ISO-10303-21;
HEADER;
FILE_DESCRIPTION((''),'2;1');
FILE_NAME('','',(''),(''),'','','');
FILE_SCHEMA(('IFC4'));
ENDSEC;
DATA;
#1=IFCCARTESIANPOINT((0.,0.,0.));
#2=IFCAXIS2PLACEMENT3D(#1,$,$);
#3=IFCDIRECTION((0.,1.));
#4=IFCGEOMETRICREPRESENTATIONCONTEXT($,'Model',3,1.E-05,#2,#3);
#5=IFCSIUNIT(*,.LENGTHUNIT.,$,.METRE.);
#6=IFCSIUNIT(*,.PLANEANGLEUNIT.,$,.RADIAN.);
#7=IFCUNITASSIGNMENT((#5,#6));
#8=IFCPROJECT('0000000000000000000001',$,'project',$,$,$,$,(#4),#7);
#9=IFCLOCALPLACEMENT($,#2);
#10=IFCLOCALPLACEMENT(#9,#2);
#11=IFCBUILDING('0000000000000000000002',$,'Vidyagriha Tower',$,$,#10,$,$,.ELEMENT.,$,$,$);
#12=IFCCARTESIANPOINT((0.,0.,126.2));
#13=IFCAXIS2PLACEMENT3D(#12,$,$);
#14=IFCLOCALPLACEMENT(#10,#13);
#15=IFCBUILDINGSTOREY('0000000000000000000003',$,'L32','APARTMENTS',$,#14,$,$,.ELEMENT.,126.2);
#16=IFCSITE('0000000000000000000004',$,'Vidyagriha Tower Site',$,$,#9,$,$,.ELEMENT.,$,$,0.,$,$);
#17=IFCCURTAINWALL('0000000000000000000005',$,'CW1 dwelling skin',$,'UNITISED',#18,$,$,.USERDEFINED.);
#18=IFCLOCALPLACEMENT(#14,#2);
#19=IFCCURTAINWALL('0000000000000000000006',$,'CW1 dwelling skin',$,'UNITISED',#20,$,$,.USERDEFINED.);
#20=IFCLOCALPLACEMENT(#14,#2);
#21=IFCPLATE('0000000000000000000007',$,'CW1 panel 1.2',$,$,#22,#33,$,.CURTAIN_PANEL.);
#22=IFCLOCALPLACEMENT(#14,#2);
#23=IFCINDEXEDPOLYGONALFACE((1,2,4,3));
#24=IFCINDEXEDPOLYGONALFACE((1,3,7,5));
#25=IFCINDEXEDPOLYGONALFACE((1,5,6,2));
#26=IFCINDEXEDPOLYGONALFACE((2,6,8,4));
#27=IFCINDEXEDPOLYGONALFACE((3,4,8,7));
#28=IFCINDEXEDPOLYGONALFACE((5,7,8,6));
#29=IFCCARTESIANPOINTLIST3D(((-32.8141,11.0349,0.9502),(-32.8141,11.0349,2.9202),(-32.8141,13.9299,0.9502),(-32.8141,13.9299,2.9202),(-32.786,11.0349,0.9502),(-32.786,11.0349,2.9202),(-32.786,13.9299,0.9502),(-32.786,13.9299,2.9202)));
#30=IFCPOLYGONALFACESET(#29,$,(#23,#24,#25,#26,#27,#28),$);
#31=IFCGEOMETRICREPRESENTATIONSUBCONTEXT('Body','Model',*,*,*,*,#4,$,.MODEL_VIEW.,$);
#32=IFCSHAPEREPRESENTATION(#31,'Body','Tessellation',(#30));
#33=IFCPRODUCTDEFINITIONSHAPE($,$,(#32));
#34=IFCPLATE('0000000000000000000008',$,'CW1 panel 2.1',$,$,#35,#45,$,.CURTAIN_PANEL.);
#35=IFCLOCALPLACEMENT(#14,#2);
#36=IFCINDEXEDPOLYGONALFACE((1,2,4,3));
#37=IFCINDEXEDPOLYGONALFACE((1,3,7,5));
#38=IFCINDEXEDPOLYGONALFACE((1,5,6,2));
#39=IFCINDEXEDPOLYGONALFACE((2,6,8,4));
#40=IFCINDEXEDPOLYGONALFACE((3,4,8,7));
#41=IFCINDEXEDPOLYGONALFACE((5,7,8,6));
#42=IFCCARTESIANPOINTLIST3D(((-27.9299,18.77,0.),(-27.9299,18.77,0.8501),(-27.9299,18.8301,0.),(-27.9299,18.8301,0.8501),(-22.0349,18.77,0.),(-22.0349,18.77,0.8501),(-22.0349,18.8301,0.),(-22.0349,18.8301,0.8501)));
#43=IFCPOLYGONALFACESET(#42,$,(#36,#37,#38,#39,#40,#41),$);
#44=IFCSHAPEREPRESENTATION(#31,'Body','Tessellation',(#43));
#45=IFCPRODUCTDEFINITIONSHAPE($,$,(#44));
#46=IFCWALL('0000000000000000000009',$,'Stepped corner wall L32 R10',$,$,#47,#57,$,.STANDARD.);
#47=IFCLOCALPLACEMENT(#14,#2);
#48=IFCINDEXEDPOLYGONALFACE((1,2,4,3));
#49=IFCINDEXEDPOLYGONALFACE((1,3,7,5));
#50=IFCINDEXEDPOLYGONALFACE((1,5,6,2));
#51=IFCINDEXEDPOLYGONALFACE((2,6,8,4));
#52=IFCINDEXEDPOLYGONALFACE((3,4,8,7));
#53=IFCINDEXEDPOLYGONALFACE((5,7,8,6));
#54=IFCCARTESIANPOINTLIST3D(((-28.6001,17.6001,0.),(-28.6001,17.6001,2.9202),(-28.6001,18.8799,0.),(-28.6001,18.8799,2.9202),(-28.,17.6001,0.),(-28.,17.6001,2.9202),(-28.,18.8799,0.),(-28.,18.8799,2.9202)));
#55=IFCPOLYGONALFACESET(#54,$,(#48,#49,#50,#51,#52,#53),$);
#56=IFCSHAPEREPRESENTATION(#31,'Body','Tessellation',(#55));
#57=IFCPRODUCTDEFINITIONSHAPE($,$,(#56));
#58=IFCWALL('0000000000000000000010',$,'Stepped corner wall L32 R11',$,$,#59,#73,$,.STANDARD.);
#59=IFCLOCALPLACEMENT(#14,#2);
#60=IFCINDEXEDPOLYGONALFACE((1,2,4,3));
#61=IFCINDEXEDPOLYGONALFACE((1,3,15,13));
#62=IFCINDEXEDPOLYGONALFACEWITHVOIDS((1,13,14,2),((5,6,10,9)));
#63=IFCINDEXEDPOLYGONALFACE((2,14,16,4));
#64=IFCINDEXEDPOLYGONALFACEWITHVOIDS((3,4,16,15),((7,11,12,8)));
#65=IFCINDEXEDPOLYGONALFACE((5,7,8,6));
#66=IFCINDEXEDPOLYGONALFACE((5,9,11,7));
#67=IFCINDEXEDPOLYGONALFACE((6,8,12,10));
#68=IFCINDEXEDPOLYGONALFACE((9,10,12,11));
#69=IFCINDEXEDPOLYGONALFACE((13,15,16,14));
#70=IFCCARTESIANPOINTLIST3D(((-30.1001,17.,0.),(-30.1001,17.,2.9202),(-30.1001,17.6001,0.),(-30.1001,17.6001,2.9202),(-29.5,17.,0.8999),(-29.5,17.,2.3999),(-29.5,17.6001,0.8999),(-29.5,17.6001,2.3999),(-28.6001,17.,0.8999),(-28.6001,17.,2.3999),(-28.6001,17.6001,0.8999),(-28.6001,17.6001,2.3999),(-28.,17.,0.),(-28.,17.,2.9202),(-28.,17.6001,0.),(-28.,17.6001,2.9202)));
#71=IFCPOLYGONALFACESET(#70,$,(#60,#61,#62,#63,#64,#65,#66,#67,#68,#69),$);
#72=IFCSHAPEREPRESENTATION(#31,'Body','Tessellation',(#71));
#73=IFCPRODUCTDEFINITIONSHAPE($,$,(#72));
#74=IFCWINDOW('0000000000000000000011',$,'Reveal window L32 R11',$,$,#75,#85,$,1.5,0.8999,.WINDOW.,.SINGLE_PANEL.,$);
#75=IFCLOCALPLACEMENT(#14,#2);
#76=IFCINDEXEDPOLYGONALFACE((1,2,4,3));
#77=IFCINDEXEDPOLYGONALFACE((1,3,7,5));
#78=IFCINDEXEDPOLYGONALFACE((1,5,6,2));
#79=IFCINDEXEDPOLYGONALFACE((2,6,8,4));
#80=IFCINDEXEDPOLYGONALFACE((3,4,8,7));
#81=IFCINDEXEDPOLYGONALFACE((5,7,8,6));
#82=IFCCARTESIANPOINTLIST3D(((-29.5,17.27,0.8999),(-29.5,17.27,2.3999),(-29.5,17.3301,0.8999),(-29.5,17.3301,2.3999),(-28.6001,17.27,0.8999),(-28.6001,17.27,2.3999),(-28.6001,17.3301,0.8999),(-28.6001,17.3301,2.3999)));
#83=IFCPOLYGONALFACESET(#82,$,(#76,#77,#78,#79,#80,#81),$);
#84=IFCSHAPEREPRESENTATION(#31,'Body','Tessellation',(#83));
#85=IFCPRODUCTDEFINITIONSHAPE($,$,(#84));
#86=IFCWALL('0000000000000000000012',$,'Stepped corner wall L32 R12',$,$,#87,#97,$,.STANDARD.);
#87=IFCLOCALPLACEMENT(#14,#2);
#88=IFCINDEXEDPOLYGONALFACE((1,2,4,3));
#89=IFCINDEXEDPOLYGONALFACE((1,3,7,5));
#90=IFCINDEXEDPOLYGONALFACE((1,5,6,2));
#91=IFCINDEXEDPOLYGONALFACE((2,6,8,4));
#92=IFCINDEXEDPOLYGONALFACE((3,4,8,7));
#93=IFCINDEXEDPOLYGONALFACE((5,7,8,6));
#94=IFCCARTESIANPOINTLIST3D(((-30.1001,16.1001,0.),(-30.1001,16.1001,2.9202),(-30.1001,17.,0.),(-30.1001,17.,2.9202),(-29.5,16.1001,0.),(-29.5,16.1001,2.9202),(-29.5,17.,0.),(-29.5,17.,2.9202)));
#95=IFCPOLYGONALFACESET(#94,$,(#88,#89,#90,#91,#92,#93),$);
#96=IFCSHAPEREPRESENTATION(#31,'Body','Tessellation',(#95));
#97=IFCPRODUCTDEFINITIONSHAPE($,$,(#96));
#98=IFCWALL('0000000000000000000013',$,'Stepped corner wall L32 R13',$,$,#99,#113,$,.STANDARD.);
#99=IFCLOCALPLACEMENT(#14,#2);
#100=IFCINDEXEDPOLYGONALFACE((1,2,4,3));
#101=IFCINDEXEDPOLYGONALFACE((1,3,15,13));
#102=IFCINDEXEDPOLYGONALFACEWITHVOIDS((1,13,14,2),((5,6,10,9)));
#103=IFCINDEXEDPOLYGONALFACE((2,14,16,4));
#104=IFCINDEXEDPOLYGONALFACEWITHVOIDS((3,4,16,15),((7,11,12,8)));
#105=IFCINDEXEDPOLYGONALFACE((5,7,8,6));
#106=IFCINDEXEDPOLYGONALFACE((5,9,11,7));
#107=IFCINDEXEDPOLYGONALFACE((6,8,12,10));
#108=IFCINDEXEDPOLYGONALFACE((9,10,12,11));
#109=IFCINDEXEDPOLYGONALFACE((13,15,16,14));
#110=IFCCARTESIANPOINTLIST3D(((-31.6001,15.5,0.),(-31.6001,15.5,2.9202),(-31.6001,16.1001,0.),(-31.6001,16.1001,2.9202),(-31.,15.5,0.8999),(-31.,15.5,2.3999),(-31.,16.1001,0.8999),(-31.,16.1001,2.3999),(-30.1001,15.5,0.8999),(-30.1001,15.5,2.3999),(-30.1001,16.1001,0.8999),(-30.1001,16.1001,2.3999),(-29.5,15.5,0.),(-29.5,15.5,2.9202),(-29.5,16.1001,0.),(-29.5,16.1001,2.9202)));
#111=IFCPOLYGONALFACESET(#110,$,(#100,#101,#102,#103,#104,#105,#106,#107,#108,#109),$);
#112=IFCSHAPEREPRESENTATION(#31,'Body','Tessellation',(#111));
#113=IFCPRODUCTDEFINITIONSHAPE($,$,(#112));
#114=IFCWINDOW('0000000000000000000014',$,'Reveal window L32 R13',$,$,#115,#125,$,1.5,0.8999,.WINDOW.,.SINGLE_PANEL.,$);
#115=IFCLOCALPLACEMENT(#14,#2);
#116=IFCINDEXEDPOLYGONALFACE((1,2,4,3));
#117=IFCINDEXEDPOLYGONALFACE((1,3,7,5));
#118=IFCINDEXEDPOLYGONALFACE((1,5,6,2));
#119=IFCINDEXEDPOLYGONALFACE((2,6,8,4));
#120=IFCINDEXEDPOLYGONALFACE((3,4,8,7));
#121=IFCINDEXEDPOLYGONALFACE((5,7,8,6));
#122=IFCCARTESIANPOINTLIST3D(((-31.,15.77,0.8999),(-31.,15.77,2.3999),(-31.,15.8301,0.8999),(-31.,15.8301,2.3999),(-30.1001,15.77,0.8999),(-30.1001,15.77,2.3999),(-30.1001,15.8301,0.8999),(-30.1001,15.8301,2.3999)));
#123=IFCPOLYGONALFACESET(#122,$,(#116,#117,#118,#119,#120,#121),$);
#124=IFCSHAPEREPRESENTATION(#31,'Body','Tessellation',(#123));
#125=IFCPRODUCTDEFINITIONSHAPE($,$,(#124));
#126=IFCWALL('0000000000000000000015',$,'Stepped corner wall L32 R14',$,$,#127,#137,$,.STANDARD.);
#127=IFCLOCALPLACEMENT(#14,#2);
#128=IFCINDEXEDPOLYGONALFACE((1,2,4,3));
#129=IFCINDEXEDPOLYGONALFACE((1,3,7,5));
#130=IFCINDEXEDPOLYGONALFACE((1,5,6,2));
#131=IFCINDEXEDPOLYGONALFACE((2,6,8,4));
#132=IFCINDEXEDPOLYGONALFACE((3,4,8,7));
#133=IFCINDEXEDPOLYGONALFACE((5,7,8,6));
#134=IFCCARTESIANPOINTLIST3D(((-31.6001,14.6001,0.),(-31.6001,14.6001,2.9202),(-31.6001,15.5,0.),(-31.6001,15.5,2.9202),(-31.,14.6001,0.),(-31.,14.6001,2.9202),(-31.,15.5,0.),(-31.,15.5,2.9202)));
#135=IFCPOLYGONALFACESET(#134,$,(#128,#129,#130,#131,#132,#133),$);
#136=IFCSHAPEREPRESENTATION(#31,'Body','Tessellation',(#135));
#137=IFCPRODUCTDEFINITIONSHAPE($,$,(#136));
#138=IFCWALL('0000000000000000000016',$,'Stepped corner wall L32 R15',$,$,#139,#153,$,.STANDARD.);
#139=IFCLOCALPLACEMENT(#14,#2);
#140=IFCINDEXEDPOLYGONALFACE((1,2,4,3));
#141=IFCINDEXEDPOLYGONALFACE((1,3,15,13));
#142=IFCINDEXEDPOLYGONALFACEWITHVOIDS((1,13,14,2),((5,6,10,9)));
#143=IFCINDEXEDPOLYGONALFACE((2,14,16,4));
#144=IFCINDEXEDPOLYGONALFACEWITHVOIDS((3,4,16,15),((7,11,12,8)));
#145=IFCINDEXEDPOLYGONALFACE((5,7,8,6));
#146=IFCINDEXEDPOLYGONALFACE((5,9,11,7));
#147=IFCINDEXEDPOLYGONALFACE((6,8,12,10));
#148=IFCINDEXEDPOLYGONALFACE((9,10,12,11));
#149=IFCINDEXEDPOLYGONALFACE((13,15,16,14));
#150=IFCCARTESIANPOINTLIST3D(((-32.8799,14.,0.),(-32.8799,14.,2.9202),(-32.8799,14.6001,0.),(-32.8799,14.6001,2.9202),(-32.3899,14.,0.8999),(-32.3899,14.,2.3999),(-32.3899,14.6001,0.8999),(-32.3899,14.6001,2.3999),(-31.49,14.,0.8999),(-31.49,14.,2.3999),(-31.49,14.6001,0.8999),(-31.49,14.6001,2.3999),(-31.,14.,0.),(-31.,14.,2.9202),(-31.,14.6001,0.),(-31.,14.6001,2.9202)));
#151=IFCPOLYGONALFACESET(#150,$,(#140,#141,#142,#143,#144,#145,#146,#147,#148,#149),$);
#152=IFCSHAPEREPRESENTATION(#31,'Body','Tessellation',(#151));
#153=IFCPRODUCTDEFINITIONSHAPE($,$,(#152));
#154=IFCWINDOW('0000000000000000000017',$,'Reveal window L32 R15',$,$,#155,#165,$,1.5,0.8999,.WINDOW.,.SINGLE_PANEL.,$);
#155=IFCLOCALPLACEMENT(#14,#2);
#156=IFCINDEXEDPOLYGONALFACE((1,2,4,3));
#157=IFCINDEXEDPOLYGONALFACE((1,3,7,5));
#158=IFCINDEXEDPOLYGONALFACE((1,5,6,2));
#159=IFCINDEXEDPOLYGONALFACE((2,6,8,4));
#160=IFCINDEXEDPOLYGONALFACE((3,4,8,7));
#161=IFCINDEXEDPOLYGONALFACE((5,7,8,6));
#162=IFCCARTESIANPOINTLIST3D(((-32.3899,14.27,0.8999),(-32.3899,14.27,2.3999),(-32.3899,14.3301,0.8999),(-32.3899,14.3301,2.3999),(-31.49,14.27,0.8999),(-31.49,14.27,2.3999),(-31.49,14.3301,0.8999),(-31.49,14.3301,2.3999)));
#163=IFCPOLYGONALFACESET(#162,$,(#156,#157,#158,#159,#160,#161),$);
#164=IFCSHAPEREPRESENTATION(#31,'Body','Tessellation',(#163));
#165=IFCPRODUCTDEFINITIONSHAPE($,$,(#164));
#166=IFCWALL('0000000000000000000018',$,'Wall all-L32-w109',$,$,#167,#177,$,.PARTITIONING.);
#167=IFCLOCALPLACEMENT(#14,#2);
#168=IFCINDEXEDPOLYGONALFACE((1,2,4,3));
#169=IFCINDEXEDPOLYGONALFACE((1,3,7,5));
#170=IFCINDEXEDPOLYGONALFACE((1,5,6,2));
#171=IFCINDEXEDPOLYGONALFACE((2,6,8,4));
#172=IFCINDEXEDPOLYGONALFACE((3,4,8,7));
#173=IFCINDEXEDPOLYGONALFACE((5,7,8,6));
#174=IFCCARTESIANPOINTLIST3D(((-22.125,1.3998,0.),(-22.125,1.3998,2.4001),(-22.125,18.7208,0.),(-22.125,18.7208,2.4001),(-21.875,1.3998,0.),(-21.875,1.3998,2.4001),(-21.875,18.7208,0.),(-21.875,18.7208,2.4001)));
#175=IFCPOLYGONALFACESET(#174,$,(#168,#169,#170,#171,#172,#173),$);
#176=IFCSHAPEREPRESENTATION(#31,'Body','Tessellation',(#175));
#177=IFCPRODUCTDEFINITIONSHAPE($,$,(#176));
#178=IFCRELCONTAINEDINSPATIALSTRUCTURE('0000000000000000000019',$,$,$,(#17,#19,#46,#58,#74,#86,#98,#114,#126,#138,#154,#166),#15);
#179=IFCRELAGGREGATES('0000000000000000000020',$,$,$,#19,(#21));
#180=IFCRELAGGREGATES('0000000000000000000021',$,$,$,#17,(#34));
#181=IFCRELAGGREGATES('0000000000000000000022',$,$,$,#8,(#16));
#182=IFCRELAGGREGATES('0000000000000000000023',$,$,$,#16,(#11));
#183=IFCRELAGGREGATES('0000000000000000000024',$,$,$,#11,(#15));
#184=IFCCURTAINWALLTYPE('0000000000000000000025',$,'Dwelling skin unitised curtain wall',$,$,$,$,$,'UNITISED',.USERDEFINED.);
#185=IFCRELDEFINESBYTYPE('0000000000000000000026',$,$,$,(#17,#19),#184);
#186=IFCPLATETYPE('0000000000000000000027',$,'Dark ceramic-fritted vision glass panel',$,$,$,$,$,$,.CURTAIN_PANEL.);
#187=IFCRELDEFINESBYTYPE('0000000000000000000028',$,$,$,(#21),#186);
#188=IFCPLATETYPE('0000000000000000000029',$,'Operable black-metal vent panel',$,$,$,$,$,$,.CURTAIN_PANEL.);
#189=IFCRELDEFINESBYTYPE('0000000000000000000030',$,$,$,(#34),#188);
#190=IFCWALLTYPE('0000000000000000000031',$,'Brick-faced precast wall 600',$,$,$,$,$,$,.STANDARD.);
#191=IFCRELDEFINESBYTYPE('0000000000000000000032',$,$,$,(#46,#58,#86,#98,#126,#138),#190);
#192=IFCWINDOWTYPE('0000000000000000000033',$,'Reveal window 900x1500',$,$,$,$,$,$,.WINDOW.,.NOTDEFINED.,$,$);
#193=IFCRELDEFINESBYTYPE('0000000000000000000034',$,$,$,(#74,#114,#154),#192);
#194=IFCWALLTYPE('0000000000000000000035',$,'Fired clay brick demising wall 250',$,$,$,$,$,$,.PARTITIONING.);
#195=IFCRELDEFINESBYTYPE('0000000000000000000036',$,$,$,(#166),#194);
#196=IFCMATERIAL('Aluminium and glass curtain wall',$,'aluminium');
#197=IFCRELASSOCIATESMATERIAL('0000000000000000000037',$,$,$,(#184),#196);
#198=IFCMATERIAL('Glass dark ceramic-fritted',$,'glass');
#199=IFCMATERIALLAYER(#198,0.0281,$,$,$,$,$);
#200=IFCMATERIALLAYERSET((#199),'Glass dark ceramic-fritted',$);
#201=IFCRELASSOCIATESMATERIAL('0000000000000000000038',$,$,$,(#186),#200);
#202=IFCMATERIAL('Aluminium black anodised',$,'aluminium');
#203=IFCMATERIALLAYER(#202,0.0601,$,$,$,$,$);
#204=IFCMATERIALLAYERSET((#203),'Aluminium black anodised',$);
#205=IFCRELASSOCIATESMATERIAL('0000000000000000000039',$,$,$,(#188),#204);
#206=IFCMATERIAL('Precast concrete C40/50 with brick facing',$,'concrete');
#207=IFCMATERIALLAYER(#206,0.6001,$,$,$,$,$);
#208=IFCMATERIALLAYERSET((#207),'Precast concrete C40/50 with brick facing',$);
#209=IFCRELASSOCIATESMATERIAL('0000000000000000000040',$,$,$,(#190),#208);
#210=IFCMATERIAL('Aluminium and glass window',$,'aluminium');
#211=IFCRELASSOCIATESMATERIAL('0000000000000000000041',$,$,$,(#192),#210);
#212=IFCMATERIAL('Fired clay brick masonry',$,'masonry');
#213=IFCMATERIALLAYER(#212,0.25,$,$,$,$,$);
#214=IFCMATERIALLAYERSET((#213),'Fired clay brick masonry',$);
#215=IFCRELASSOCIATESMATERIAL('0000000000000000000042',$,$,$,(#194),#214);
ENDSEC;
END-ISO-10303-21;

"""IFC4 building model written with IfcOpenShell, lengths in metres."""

from ifc_helpers import new_model, si_unit, direction, frame, frame_2d, origin, origin_2d, place, context, subcontext, project, spatial, rectangle, extrude, material, layer, layer_set, type_object, element, fill, aggregate, save


model = new_model("IFC4")

# Units and contexts
model_context = context("Model", 3, precision=1e-05, world=origin(), true_north=direction((0.0, 1.0)))
body_context = subcontext(model_context, "Body", "Model", "MODEL_VIEW")
ifc_project = project(units=[si_unit("LENGTHUNIT", "METRE"), si_unit("PLANEANGLEUNIT", "RADIAN")], contexts=[model_context])

# Site, building, storey
site_placement = place(None, origin())
site = spatial("IfcSite", under=ifc_project, at=site_placement, Name="Vidyagriha Tower Site", CompositionType="ELEMENT", RefElevation=0.0)
building_placement = place(site_placement, origin())
building = spatial("IfcBuilding", under=site, at=building_placement, Name="Vidyagriha Tower", CompositionType="ELEMENT")
storey_placement = place(building_placement, frame((0.0, 0.0, 126.2)))
storey = spatial("IfcBuildingStorey", under=building, at=storey_placement, Name="L32", Description="APARTMENTS", CompositionType="ELEMENT", Elevation=126.2)

# Curtain walls
ifc_material_1 = material(Name="Aluminium and glass curtain wall", Category="aluminium")
curtain_wall_type = type_object("IfcCurtainWallType", Name="Dwelling skin unitised curtain wall", ElementType="UNITISED", PredefinedType="USERDEFINED", material=ifc_material_1)
curtain_wall_1_placement = place(storey_placement, origin())
curtain_wall_1 = element("IfcCurtainWall", 1, at=curtain_wall_1_placement, inside=storey, type_object=curtain_wall_type, Name="CW1 dwelling skin", ObjectType="UNITISED", PredefinedType="USERDEFINED")
curtain_wall_2_placement = place(storey_placement, origin())
curtain_wall_2 = element("IfcCurtainWall", 2, at=curtain_wall_2_placement, inside=storey, type_object=curtain_wall_type, Name="CW1 dwelling skin", ObjectType="UNITISED", PredefinedType="USERDEFINED")

# Plates
ifc_material_2 = material(Name="Glass dark ceramic-fritted", Category="glass")
ifc_layer_1 = layer(ifc_material_2, 0.0281)
ifc_layer_set_1 = layer_set([ifc_layer_1], Name="Glass dark ceramic-fritted")
plate_type_1 = type_object("IfcPlateType", Name="Dark ceramic-fritted vision glass panel", PredefinedType="CURTAIN_PANEL", material=ifc_layer_set_1)
plate_1_placement = place(storey_placement, frame((-32.8, 12.4824, 0.9502), z_axis=(0.0, 0.0, 1.0), x_axis=(0.0, -1.0, 0.0)))
plate_1 = element("IfcPlate", 3, at=plate_1_placement, type_object=plate_type_1, Name="CW1 panel 1.2", PredefinedType="CURTAIN_PANEL", context=body_context, shape_type="SweptSolid", body=[
    extrude(rectangle(XDim=2.895, YDim=0.0281, at=origin_2d()), origin(), (0.0, 0.0, 1.0), 1.97),
])
aggregate(curtain_wall_2, [plate_1])
ifc_material_3 = material(Name="Aluminium black anodised", Category="aluminium")
ifc_layer_2 = layer(ifc_material_3, 0.0601)
ifc_layer_set_2 = layer_set([ifc_layer_2], Name="Aluminium black anodised")
plate_type_2 = type_object("IfcPlateType", Name="Operable black-metal vent panel", PredefinedType="CURTAIN_PANEL", material=ifc_layer_set_2)
plate_2_placement = place(storey_placement, frame((-24.9824, 18.8, 0.0), z_axis=(0.0, 0.0, 1.0), x_axis=(-1.0, 0.0, 0.0)))
plate_2 = element("IfcPlate", 4, at=plate_2_placement, type_object=plate_type_2, Name="CW1 panel 2.1", PredefinedType="CURTAIN_PANEL", context=body_context, shape_type="SweptSolid", body=[
    extrude(rectangle(XDim=5.895, YDim=0.0601, at=origin_2d()), origin(), (0.0, 0.0, 1.0), 0.8501),
])
aggregate(curtain_wall_1, [plate_2])

# Wall
ifc_material_4 = material(Name="Precast concrete C40/50 with brick facing", Category="concrete")
ifc_layer_3 = layer(ifc_material_4, 0.6001)
ifc_layer_set_3 = layer_set([ifc_layer_3], Name="Precast concrete C40/50 with brick facing")
wall_type_1 = type_object("IfcWallType", Name="Brick-faced precast wall 600", PredefinedType="STANDARD", material=ifc_layer_set_3)
wall_1_placement = place(storey_placement, frame((-28.3, 18.8799, 0.0), z_axis=(0.0, 0.0, 1.0), x_axis=(0.0, -1.0, 0.0)))
element("IfcWall", 5, at=wall_1_placement, inside=storey, type_object=wall_type_1, Name="Stepped corner wall L32 R10", PredefinedType="STANDARD", context=body_context, shape_type="SweptSolid", body=[
    extrude(rectangle(XDim=1.2798, YDim=0.6001, at=frame_2d((0.6399, 0.0))), origin(), (0.0, 0.0, 1.0), 2.9202),
])

# Wall, opening, window
wall_2_placement = place(storey_placement, frame((-28.0, 17.3, 0.0), z_axis=(0.0, 0.0, 1.0), x_axis=(-1.0, 0.0, 0.0)))
wall_2 = element("IfcWall", 6, at=wall_2_placement, inside=storey, type_object=wall_type_1, Name="Stepped corner wall L32 R11", PredefinedType="STANDARD", context=body_context, shape_type="SweptSolid", body=[
    extrude(rectangle(XDim=2.1001, YDim=0.6001, at=frame_2d((1.05, 0.0))), origin(), (0.0, 0.0, 1.0), 2.9202),
])
opening_1_placement = place(wall_2_placement, frame((0.6001, 0.0, 0.8999)))
opening_1 = element("IfcOpeningElement", 7, at=opening_1_placement, cuts=wall_2, PredefinedType="OPENING", context=body_context, shape_type="SweptSolid", body=[
    extrude(rectangle(XDim=0.8999, YDim=1.5, at=frame_2d((0.45, 0.75))), frame((0.0, 0.3101, 0.0), z_axis=(0.0, -1.0, 0.0), x_axis=(1.0, 0.0, 0.0)), (0.0, 0.0, 1.0), 0.6201),
])
ifc_material_5 = material(Name="Aluminium and glass window", Category="aluminium")
window_type = type_object("IfcWindowType", Name="Reveal window 900x1500", PartitioningType="NOTDEFINED", PredefinedType="WINDOW", material=ifc_material_5)
window_1_placement = place(opening_1_placement, origin())
window_1 = element("IfcWindow", 8, at=window_1_placement, inside=storey, type_object=window_type, Name="Reveal window L32 R11", OverallHeight=1.5, OverallWidth=0.8999, PartitioningType="SINGLE_PANEL", PredefinedType="WINDOW", context=body_context, shape_type="SweptSolid", body=[
    extrude(rectangle(XDim=0.8999, YDim=1.5, at=frame_2d((0.45, 0.75))), frame((0.0, 0.03, 0.0), z_axis=(0.0, -1.0, 0.0), x_axis=(1.0, 0.0, 0.0)), (0.0, 0.0, 1.0), 0.0601),
])
fill(opening_1, window_1)

# Wall
wall_3_placement = place(storey_placement, frame((-29.8, 17.0, 0.0), z_axis=(0.0, 0.0, 1.0), x_axis=(0.0, -1.0, 0.0)))
element("IfcWall", 9, at=wall_3_placement, inside=storey, type_object=wall_type_1, Name="Stepped corner wall L32 R12", PredefinedType="STANDARD", context=body_context, shape_type="SweptSolid", body=[
    extrude(rectangle(XDim=0.8999, YDim=0.6001, at=frame_2d((0.45, 0.0))), origin(), (0.0, 0.0, 1.0), 2.9202),
])

# Wall, opening, window
wall_4_placement = place(storey_placement, frame((-29.5, 15.8, 0.0), z_axis=(0.0, 0.0, 1.0), x_axis=(-1.0, 0.0, 0.0)))
wall_4 = element("IfcWall", 10, at=wall_4_placement, inside=storey, type_object=wall_type_1, Name="Stepped corner wall L32 R13", PredefinedType="STANDARD", context=body_context, shape_type="SweptSolid", body=[
    extrude(rectangle(XDim=2.1001, YDim=0.6001, at=frame_2d((1.05, 0.0))), origin(), (0.0, 0.0, 1.0), 2.9202),
])
opening_2_placement = place(wall_4_placement, frame((0.6001, 0.0, 0.8999)))
opening_2 = element("IfcOpeningElement", 11, at=opening_2_placement, cuts=wall_4, PredefinedType="OPENING", context=body_context, shape_type="SweptSolid", body=[
    extrude(rectangle(XDim=0.8999, YDim=1.5, at=frame_2d((0.45, 0.75))), frame((0.0, 0.3101, 0.0), z_axis=(0.0, -1.0, 0.0), x_axis=(1.0, 0.0, 0.0)), (0.0, 0.0, 1.0), 0.6201),
])
window_2_placement = place(opening_2_placement, origin())
window_2 = element("IfcWindow", 12, at=window_2_placement, inside=storey, type_object=window_type, Name="Reveal window L32 R13", OverallHeight=1.5, OverallWidth=0.8999, PartitioningType="SINGLE_PANEL", PredefinedType="WINDOW", context=body_context, shape_type="SweptSolid", body=[
    extrude(rectangle(XDim=0.8999, YDim=1.5, at=frame_2d((0.45, 0.75))), frame((0.0, 0.03, 0.0), z_axis=(0.0, -1.0, 0.0), x_axis=(1.0, 0.0, 0.0)), (0.0, 0.0, 1.0), 0.0601),
])
fill(opening_2, window_2)

# Wall
wall_5_placement = place(storey_placement, frame((-31.3, 15.5, 0.0), z_axis=(0.0, 0.0, 1.0), x_axis=(0.0, -1.0, 0.0)))
element("IfcWall", 13, at=wall_5_placement, inside=storey, type_object=wall_type_1, Name="Stepped corner wall L32 R14", PredefinedType="STANDARD", context=body_context, shape_type="SweptSolid", body=[
    extrude(rectangle(XDim=0.8999, YDim=0.6001, at=frame_2d((0.45, 0.0))), origin(), (0.0, 0.0, 1.0), 2.9202),
])

# Wall, opening, window
wall_6_placement = place(storey_placement, frame((-31.0, 14.3, 0.0), z_axis=(0.0, 0.0, 1.0), x_axis=(-1.0, 0.0, 0.0)))
wall_6 = element("IfcWall", 14, at=wall_6_placement, inside=storey, type_object=wall_type_1, Name="Stepped corner wall L32 R15", PredefinedType="STANDARD", context=body_context, shape_type="SweptSolid", body=[
    extrude(rectangle(XDim=1.8799, YDim=0.6001, at=frame_2d((0.9399, 0.0))), origin(), (0.0, 0.0, 1.0), 2.9202),
])
opening_3_placement = place(wall_6_placement, frame((0.49, 0.0, 0.8999)))
opening_3 = element("IfcOpeningElement", 15, at=opening_3_placement, cuts=wall_6, PredefinedType="OPENING", context=body_context, shape_type="SweptSolid", body=[
    extrude(rectangle(XDim=0.8999, YDim=1.5, at=frame_2d((0.45, 0.75))), frame((0.0, 0.3101, 0.0), z_axis=(0.0, -1.0, 0.0), x_axis=(1.0, 0.0, 0.0)), (0.0, 0.0, 1.0), 0.6201),
])
window_3_placement = place(opening_3_placement, origin())
window_3 = element("IfcWindow", 16, at=window_3_placement, inside=storey, type_object=window_type, Name="Reveal window L32 R15", OverallHeight=1.5, OverallWidth=0.8999, PartitioningType="SINGLE_PANEL", PredefinedType="WINDOW", context=body_context, shape_type="SweptSolid", body=[
    extrude(rectangle(XDim=0.8999, YDim=1.5, at=frame_2d((0.45, 0.75))), frame((0.0, 0.03, 0.0), z_axis=(0.0, -1.0, 0.0), x_axis=(1.0, 0.0, 0.0)), (0.0, 0.0, 1.0), 0.0601),
])
fill(opening_3, window_3)

# Wall
ifc_material_6 = material(Name="Fired clay brick masonry", Category="masonry")
ifc_layer_4 = layer(ifc_material_6, 0.25)
ifc_layer_set_4 = layer_set([ifc_layer_4], Name="Fired clay brick masonry")
wall_type_2 = type_object("IfcWallType", Name="Fired clay brick demising wall 250", PredefinedType="PARTITIONING", material=ifc_layer_set_4)
wall_7_placement = place(storey_placement, frame((-22.0, 18.7209, 0.0), z_axis=(0.0, 0.0, 1.0), x_axis=(0.0, -1.0, 0.0)))
element("IfcWall", 17, at=wall_7_placement, inside=storey, type_object=wall_type_2, Name="Wall all-L32-w109", PredefinedType="PARTITIONING", context=body_context, shape_type="SweptSolid", body=[
    extrude(rectangle(XDim=17.321, YDim=0.25, at=frame_2d((8.6606, 0.0))), origin(), (0.0, 0.0, 1.0), 2.4001),
])

save(model, "model.ifc")
